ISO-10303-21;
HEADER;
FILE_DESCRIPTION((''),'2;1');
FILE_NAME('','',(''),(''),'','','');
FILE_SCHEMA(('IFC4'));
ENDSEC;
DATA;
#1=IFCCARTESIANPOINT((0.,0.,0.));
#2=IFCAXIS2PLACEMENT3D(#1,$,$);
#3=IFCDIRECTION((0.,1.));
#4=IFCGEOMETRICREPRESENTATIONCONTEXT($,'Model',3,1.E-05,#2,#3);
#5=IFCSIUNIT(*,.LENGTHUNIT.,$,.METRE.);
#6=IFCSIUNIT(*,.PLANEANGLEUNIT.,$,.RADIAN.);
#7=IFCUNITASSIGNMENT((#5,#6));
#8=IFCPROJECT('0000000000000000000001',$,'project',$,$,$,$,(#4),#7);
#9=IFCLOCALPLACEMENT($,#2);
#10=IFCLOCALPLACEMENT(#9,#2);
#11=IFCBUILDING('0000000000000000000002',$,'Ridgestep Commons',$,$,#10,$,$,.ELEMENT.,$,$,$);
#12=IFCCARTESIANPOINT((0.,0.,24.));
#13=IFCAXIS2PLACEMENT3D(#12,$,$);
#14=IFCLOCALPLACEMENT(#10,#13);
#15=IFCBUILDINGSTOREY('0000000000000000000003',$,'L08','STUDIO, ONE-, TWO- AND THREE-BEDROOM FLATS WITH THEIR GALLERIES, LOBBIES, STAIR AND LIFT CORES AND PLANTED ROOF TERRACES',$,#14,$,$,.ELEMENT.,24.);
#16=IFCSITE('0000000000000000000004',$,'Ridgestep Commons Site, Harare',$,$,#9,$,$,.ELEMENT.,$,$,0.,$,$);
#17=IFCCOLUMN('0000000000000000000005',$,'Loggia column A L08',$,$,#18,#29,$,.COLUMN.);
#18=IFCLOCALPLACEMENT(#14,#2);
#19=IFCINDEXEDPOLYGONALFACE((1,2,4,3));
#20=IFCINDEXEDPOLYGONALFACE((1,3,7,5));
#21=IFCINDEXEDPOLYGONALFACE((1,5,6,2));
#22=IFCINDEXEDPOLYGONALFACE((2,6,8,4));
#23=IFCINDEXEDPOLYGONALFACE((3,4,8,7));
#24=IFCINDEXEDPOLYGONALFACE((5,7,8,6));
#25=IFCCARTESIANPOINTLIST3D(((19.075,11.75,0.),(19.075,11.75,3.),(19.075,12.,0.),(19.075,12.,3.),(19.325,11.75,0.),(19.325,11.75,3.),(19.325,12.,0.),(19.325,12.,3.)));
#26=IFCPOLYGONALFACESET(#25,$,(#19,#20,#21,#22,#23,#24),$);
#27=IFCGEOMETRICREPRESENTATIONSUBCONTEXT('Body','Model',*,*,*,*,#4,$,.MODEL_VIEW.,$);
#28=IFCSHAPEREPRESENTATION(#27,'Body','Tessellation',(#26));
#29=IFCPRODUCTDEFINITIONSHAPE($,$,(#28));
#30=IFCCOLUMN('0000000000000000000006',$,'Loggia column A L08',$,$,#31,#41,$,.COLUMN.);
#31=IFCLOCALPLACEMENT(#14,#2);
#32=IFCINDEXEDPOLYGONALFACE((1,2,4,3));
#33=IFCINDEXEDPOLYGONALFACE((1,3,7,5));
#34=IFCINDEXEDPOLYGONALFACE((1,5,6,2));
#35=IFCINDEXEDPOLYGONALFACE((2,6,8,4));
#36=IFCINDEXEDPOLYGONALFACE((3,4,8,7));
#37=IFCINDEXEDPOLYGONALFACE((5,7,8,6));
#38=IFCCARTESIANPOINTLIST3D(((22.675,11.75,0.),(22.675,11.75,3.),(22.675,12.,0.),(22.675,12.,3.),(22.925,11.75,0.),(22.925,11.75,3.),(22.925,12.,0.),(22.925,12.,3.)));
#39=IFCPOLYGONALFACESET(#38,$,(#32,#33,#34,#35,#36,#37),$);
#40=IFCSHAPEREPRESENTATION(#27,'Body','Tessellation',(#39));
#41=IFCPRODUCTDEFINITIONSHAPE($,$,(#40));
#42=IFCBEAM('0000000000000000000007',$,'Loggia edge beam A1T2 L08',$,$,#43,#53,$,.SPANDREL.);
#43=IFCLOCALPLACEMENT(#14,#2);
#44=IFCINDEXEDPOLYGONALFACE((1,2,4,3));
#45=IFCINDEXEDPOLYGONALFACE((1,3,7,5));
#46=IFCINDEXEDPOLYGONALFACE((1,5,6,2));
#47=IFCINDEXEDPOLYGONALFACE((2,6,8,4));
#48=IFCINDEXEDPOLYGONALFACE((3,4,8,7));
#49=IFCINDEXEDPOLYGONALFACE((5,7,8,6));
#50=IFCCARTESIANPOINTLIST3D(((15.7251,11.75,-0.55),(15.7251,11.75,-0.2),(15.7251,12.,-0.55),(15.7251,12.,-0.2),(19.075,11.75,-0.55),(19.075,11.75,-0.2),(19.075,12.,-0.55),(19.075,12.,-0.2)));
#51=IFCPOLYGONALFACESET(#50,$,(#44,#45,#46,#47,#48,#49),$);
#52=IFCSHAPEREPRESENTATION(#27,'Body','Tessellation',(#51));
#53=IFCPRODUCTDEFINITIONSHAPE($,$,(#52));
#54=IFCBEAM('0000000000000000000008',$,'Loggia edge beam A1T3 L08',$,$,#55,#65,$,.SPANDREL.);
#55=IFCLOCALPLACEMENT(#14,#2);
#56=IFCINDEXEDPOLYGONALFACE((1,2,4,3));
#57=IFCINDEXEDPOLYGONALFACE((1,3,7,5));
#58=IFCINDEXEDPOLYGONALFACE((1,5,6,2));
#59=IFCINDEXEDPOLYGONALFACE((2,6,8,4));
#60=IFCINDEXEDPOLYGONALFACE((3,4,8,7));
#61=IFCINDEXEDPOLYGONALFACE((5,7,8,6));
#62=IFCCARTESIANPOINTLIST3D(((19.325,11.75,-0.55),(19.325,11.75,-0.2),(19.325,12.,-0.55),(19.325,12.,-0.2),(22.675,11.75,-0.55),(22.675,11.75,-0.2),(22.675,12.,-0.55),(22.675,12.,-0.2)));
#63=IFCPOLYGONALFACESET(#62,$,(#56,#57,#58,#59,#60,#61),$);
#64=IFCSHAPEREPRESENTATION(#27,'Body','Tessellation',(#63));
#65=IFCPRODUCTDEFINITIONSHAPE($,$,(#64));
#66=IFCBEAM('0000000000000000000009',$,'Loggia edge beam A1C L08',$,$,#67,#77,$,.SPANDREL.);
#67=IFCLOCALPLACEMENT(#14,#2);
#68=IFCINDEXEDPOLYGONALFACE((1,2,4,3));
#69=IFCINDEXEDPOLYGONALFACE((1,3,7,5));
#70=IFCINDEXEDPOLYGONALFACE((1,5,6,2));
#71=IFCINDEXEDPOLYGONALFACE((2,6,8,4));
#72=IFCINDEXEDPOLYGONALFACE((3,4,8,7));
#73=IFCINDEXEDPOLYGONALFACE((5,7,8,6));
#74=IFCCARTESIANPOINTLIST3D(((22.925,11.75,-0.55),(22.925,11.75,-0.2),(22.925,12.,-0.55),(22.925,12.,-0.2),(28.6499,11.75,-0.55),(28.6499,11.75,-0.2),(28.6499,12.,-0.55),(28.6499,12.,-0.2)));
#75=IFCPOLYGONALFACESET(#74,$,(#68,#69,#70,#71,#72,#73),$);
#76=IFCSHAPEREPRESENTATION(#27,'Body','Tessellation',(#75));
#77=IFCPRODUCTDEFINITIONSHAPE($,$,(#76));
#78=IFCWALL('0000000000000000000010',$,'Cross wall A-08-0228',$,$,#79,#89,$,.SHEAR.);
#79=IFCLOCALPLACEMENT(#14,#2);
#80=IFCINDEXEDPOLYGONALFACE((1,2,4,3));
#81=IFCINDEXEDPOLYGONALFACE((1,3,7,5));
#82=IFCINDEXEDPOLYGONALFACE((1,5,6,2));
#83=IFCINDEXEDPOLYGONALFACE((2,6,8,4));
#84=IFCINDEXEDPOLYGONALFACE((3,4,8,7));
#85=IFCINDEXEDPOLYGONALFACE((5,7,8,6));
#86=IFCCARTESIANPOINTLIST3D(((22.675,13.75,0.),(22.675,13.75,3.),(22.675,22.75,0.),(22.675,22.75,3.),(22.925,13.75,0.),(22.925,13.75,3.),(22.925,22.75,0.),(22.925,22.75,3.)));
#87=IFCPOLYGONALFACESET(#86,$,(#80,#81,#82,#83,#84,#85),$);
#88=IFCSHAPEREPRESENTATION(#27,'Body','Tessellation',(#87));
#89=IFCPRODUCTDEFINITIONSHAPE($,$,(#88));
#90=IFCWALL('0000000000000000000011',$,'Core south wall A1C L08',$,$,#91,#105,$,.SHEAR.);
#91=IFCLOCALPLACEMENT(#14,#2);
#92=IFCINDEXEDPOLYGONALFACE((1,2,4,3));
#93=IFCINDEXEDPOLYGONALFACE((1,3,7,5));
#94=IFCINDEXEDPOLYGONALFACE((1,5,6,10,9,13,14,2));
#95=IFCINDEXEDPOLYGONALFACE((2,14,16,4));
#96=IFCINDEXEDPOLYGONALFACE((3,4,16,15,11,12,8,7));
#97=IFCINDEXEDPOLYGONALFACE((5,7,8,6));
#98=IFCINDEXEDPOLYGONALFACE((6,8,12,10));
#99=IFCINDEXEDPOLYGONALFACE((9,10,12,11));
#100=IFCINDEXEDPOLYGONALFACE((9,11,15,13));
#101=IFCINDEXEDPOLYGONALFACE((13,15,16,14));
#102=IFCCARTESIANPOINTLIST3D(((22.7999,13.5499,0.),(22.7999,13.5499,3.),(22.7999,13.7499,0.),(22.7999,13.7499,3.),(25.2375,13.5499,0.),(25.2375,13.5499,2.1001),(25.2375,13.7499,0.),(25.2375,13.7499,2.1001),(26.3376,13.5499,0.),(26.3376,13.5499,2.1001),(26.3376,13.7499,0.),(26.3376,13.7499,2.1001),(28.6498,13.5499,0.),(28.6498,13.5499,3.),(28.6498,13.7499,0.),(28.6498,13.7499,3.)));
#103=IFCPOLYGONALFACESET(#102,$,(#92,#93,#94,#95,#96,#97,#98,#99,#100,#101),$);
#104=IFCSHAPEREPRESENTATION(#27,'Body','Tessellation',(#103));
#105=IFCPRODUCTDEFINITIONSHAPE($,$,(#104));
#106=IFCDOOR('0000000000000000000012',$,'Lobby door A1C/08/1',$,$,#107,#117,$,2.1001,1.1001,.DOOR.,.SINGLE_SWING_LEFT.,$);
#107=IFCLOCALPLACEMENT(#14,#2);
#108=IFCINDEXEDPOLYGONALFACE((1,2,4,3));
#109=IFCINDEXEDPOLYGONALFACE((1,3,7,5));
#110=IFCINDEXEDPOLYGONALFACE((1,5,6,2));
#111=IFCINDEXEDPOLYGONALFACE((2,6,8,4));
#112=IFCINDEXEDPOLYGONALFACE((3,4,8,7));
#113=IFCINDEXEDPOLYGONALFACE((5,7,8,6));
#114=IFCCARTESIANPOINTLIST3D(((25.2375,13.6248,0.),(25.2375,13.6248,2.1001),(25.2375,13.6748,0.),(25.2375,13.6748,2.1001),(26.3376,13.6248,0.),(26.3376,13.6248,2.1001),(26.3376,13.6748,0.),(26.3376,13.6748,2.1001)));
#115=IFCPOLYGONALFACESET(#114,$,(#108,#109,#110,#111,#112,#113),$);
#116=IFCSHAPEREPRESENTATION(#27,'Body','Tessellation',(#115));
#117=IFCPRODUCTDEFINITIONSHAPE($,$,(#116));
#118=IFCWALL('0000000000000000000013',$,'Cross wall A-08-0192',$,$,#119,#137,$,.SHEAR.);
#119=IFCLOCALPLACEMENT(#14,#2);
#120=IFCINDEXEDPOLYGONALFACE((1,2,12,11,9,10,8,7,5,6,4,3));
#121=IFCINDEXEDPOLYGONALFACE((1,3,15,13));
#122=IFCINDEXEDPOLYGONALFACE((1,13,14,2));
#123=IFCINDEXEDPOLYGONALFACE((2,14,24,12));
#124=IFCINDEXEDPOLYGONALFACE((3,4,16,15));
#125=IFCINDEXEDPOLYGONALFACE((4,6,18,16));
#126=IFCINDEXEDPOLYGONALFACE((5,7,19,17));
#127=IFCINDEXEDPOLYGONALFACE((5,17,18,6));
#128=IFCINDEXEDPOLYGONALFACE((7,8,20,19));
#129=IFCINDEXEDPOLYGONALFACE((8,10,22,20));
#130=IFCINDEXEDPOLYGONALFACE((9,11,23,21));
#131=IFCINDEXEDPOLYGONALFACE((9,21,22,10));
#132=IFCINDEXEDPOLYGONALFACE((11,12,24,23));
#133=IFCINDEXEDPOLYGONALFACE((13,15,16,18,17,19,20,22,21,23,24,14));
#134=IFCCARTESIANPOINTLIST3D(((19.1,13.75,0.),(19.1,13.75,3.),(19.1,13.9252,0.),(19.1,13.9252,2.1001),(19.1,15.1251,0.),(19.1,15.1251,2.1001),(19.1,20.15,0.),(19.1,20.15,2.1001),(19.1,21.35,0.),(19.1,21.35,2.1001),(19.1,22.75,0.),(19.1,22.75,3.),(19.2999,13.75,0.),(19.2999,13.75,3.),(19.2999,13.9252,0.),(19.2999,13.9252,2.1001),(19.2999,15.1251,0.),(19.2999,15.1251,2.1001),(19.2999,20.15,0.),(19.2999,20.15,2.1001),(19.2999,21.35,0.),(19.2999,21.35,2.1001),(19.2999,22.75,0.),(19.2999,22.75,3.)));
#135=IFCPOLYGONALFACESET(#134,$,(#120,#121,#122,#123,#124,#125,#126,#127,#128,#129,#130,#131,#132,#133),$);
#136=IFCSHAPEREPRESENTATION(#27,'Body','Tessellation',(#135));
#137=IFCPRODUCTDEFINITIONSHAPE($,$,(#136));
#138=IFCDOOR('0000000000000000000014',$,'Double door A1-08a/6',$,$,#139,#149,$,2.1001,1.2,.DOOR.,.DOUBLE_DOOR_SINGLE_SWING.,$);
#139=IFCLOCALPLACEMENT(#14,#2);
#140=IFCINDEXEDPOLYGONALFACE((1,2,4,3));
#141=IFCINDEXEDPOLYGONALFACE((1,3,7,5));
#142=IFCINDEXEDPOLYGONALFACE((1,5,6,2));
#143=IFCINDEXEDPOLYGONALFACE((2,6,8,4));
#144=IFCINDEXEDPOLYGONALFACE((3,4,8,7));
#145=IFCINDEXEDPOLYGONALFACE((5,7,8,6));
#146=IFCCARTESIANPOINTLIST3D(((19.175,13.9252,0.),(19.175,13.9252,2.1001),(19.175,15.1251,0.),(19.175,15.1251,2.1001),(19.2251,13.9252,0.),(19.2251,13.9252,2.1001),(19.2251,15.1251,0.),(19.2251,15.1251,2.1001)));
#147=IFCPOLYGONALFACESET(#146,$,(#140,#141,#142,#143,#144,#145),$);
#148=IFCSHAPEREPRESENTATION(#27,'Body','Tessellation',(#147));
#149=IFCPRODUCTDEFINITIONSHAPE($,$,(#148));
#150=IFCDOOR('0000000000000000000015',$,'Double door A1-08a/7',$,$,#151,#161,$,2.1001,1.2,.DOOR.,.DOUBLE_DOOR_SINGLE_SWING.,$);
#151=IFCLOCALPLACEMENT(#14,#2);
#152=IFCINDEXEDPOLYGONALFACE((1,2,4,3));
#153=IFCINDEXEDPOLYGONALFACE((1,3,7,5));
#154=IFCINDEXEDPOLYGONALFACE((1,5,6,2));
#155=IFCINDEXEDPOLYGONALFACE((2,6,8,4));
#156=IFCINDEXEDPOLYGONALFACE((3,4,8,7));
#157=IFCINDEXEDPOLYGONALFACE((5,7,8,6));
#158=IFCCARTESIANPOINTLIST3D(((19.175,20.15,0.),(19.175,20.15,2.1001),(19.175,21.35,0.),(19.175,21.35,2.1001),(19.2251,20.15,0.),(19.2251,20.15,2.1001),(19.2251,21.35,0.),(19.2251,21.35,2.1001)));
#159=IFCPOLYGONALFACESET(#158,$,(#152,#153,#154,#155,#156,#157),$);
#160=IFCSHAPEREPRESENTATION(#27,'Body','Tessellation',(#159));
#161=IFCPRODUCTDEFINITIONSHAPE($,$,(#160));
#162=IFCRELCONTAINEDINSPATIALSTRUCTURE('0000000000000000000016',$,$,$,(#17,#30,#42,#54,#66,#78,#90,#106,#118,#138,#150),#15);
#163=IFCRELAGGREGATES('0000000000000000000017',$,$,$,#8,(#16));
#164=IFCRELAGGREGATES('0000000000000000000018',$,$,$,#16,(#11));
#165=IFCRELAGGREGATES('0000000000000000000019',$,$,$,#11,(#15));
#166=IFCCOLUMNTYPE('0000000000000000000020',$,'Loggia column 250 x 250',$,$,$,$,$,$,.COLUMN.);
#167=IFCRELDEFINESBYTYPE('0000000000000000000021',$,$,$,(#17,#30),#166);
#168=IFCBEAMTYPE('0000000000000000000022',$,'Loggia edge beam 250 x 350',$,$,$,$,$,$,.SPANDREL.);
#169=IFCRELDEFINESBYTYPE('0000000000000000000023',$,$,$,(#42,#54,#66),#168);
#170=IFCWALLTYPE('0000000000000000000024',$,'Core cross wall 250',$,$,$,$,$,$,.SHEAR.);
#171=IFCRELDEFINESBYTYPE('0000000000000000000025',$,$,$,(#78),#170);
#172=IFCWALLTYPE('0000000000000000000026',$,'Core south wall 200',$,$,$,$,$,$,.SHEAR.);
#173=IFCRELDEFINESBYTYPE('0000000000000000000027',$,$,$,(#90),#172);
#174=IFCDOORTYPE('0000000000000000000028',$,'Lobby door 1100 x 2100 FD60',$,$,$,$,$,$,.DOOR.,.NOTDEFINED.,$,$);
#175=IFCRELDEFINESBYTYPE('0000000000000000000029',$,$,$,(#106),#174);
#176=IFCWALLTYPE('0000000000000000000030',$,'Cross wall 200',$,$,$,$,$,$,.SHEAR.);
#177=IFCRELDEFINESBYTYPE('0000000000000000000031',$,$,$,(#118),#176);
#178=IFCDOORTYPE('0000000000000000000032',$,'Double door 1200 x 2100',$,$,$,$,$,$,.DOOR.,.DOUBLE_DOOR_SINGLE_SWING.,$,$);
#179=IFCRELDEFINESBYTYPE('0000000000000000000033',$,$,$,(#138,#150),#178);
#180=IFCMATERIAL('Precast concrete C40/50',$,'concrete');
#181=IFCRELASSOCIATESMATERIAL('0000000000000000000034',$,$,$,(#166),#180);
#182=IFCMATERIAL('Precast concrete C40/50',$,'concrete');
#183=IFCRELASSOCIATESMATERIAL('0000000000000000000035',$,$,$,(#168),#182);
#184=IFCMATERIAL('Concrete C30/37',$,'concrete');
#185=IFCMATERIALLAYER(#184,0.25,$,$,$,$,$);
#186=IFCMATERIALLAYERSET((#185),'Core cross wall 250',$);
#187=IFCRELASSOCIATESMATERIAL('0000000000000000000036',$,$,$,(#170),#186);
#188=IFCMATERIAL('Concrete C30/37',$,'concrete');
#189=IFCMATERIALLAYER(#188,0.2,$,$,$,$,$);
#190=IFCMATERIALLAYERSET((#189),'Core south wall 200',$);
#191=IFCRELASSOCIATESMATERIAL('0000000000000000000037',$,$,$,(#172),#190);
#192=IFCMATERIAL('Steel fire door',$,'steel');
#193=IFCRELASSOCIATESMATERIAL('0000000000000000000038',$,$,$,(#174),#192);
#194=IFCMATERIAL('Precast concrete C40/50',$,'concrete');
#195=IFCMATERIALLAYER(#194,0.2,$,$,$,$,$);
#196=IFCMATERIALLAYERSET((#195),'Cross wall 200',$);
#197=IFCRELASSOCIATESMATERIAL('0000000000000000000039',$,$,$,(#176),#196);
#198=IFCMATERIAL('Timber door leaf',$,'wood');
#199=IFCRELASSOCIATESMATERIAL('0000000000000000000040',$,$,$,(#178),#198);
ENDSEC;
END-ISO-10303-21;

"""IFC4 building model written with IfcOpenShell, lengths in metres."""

from ifc_helpers import new_model, si_unit, direction, frame, frame_2d, origin, origin_2d, place, context, subcontext, project, spatial, rectangle, extrude, material, layer, layer_set, material_profile, profile_set, type_object, element, fill, save


model = new_model("IFC4")

# Units and contexts
model_context = context("Model", 3, precision=1e-05, world=origin(), true_north=direction((0.0, 1.0)))
body_context = subcontext(model_context, "Body", "Model", "MODEL_VIEW")
ifc_project = project(units=[si_unit("LENGTHUNIT", "METRE"), si_unit("PLANEANGLEUNIT", "RADIAN")], contexts=[model_context])

# Site, building, storey
site_placement = place(None, origin())
site = spatial("IfcSite", under=ifc_project, at=site_placement, Name="Ridgestep Commons Site, Harare", CompositionType="ELEMENT", RefElevation=0.0)
building_placement = place(site_placement, origin())
building = spatial("IfcBuilding", under=site, at=building_placement, Name="Ridgestep Commons", CompositionType="ELEMENT")
storey_placement = place(building_placement, frame((0.0, 0.0, 24.0)))
storey = spatial("IfcBuildingStorey", under=building, at=storey_placement, Name="L08", Description="STUDIO, ONE-, TWO- AND THREE-BEDROOM FLATS WITH THEIR GALLERIES, LOBBIES, STAIR AND LIFT CORES AND PLANTED ROOF TERRACES", CompositionType="ELEMENT", Elevation=24.0)

# Columns
ifc_material_1 = material(Name="Precast concrete C40/50", Category="concrete")
ifc_material_profile_1 = material_profile(ifc_material_1, rectangle(XDim=0.25, YDim=0.25, at=origin_2d()), Name="PC 250x250")
ifc_profile_set_1 = profile_set([ifc_material_profile_1], Name="Precast concrete C40/50")
column_type = type_object("IfcColumnType", Name="Loggia column 250 x 250", PredefinedType="COLUMN", material=ifc_profile_set_1)
for number, where, z_axis, x_axis, name in (
    (1, (19.2, 11.875, 0.0), (0.0, 0.0, 1.0), (1.0, 0.0, 0.0), "Loggia column A L08"),
    (2, (22.8, 11.875, 0.0), (0.0, 0.0, 1.0), (1.0, 0.0, 0.0), "Loggia column A L08"),
):
    element("IfcColumn", number, at=place(storey_placement, frame(where, z_axis=z_axis, x_axis=x_axis)), inside=storey, type_object=column_type, Name=name, PredefinedType="COLUMN", context=body_context, shape_type="SweptSolid", body=[
        extrude(rectangle(XDim=0.25, YDim=0.25, at=origin_2d()), origin(), (0.0, 0.0, 1.0), 3.0),
    ])

# Beams
ifc_material_2 = material(Name="Precast concrete C40/50", Category="concrete")
ifc_material_profile_2 = material_profile(ifc_material_2, rectangle(XDim=0.25, YDim=0.3501, at=origin_2d()), Name="PC 250x350")
ifc_profile_set_2 = profile_set([ifc_material_profile_2], Name="Precast concrete C40/50")
beam_type = type_object("IfcBeamType", Name="Loggia edge beam 250 x 350", PredefinedType="SPANDREL", material=ifc_profile_set_2)
beam_1_placement = place(storey_placement, frame((15.7251, 11.875, -0.375), z_axis=(1.0, 0.0, 0.0), x_axis=(0.0, 1.0, 0.0)))
element("IfcBeam", 3, at=beam_1_placement, inside=storey, type_object=beam_type, Name="Loggia edge beam A1T2 L08", PredefinedType="SPANDREL", context=body_context, shape_type="SweptSolid", body=[
    extrude(rectangle(XDim=0.25, YDim=0.3501, at=origin_2d()), origin(), (0.0, 0.0, 1.0), 3.3499),
])
beam_2_placement = place(storey_placement, frame((19.325, 11.875, -0.375), z_axis=(1.0, 0.0, 0.0), x_axis=(0.0, 1.0, 0.0)))
element("IfcBeam", 4, at=beam_2_placement, inside=storey, type_object=beam_type, Name="Loggia edge beam A1T3 L08", PredefinedType="SPANDREL", context=body_context, shape_type="SweptSolid", body=[
    extrude(rectangle(XDim=0.25, YDim=0.3501, at=origin_2d()), origin(), (0.0, 0.0, 1.0), 3.3501),
])
beam_3_placement = place(storey_placement, frame((22.925, 11.875, -0.375), z_axis=(1.0, 0.0, 0.0), x_axis=(0.0, 1.0, 0.0)))
element("IfcBeam", 5, at=beam_3_placement, inside=storey, type_object=beam_type, Name="Loggia edge beam A1C L08", PredefinedType="SPANDREL", context=body_context, shape_type="SweptSolid", body=[
    extrude(rectangle(XDim=0.25, YDim=0.3501, at=origin_2d()), origin(), (0.0, 0.0, 1.0), 5.7249),
])

# Wall
ifc_material_3 = material(Name="Concrete C30/37", Category="concrete")
ifc_layer_1 = layer(ifc_material_3, 0.25)
ifc_layer_set_1 = layer_set([ifc_layer_1], Name="Core cross wall 250")
wall_type_1 = type_object("IfcWallType", Name="Core cross wall 250", PredefinedType="SHEAR", material=ifc_layer_set_1)
wall_1_placement = place(storey_placement, frame((22.8, 13.75, 0.0), z_axis=(0.0, 0.0, 1.0), x_axis=(0.0, 1.0, 0.0)))
element("IfcWall", 6, at=wall_1_placement, inside=storey, type_object=wall_type_1, Name="Cross wall A-08-0228", PredefinedType="SHEAR", context=body_context, shape_type="SweptSolid", body=[
    extrude(rectangle(XDim=9.0, YDim=0.25, at=frame_2d((4.5, 0.0))), origin(), (0.0, 0.0, 1.0), 3.0),
])

# Wall, opening, door
ifc_material_4 = material(Name="Concrete C30/37", Category="concrete")
ifc_layer_2 = layer(ifc_material_4, 0.2)
ifc_layer_set_2 = layer_set([ifc_layer_2], Name="Core south wall 200")
wall_type_2 = type_object("IfcWallType", Name="Core south wall 200", PredefinedType="SHEAR", material=ifc_layer_set_2)
wall_2_placement = place(storey_placement, frame((22.8, 13.6499, 0.0), z_axis=(0.0, 0.0, 1.0), x_axis=(1.0, 0.0, 0.0)))
wall_2 = element("IfcWall", 7, at=wall_2_placement, inside=storey, type_object=wall_type_2, Name="Core south wall A1C L08", PredefinedType="SHEAR", context=body_context, shape_type="SweptSolid", body=[
    extrude(rectangle(XDim=5.8499, YDim=0.2, at=frame_2d((2.9248, 0.0))), origin(), (0.0, 0.0, 1.0), 3.0),
])
opening_1_placement = place(wall_2_placement, frame((2.4375, 0.0, 0.0)))
opening_1 = element("IfcOpeningElement", 8, at=opening_1_placement, cuts=wall_2, PredefinedType="OPENING", context=body_context, shape_type="SweptSolid", body=[
    extrude(rectangle(XDim=1.1001, YDim=2.1001, at=frame_2d((0.55, 1.05))), frame((0.0, 0.1099, 0.0), z_axis=(0.0, -1.0, 0.0), x_axis=(1.0, 0.0, 0.0)), (0.0, 0.0, 1.0), 0.22),
])
ifc_material_5 = material(Name="Steel fire door", Category="steel")
door_type_1 = type_object("IfcDoorType", Name="Lobby door 1100 x 2100 FD60", OperationType="NOTDEFINED", PredefinedType="DOOR", material=ifc_material_5)
door_1_placement = place(opening_1_placement, origin())
door_1 = element("IfcDoor", 9, at=door_1_placement, inside=storey, type_object=door_type_1, Name="Lobby door A1C/08/1", OperationType="SINGLE_SWING_LEFT", OverallHeight=2.1001, OverallWidth=1.1001, PredefinedType="DOOR", context=body_context, shape_type="SweptSolid", body=[
    extrude(rectangle(XDim=1.1001, YDim=2.1001, at=frame_2d((0.55, 1.05))), frame((0.0, 0.0249, 0.0), z_axis=(0.0, -1.0, 0.0), x_axis=(1.0, 0.0, 0.0)), (0.0, 0.0, 1.0), 0.05),
])
fill(opening_1, door_1)

# Wall, openings, doors
ifc_material_6 = material(Name="Precast concrete C40/50", Category="concrete")
ifc_layer_3 = layer(ifc_material_6, 0.2)
ifc_layer_set_3 = layer_set([ifc_layer_3], Name="Cross wall 200")
wall_type_3 = type_object("IfcWallType", Name="Cross wall 200", PredefinedType="SHEAR", material=ifc_layer_set_3)
wall_3_placement = place(storey_placement, frame((19.2, 13.75, 0.0), z_axis=(0.0, 0.0, 1.0), x_axis=(0.0, 1.0, 0.0)))
wall_3 = element("IfcWall", 10, at=wall_3_placement, inside=storey, type_object=wall_type_3, Name="Cross wall A-08-0192", PredefinedType="SHEAR", context=body_context, shape_type="SweptSolid", body=[
    extrude(rectangle(XDim=9.0, YDim=0.2, at=frame_2d((4.5, 0.0))), origin(), (0.0, 0.0, 1.0), 3.0),
])
opening_2_placement = place(wall_3_placement, frame((0.175, 0.0, 0.0)))
opening_2 = element("IfcOpeningElement", 11, at=opening_2_placement, cuts=wall_3, PredefinedType="OPENING", context=body_context, shape_type="SweptSolid", body=[
    extrude(rectangle(XDim=1.2, YDim=2.1001, at=frame_2d((0.6001, 1.05))), frame((0.0, 0.1099, 0.0), z_axis=(0.0, -1.0, 0.0), x_axis=(1.0, 0.0, 0.0)), (0.0, 0.0, 1.0), 0.22),
])
opening_3_placement = place(wall_3_placement, frame((6.3999, 0.0, 0.0)))
opening_3 = element("IfcOpeningElement", 12, at=opening_3_placement, cuts=wall_3, PredefinedType="OPENING", context=body_context, shape_type="SweptSolid", body=[
    extrude(rectangle(XDim=1.2, YDim=2.1001, at=frame_2d((0.6001, 1.05))), frame((0.0, 0.1099, 0.0), z_axis=(0.0, -1.0, 0.0), x_axis=(1.0, 0.0, 0.0)), (0.0, 0.0, 1.0), 0.22),
])
ifc_material_7 = material(Name="Timber door leaf", Category="wood")
door_type_2 = type_object("IfcDoorType", Name="Double door 1200 x 2100", OperationType="DOUBLE_DOOR_SINGLE_SWING", PredefinedType="DOOR", material=ifc_material_7)
door_2_placement = place(opening_2_placement, origin())
door_2 = element("IfcDoor", 13, at=door_2_placement, inside=storey, type_object=door_type_2, Name="Double door A1-08a/6", OperationType="DOUBLE_DOOR_SINGLE_SWING", OverallHeight=2.1001, OverallWidth=1.2, PredefinedType="DOOR", context=body_context, shape_type="SweptSolid", body=[
    extrude(rectangle(XDim=1.2, YDim=2.1001, at=frame_2d((0.6001, 1.05))), frame((0.0, 0.0249, 0.0), z_axis=(0.0, -1.0, 0.0), x_axis=(1.0, 0.0, 0.0)), (0.0, 0.0, 1.0), 0.05),
])
fill(opening_2, door_2)
door_3_placement = place(opening_3_placement, origin())
door_3 = element("IfcDoor", 14, at=door_3_placement, inside=storey, type_object=door_type_2, Name="Double door A1-08a/7", OperationType="DOUBLE_DOOR_SINGLE_SWING", OverallHeight=2.1001, OverallWidth=1.2, PredefinedType="DOOR", context=body_context, shape_type="SweptSolid", body=[
    extrude(rectangle(XDim=1.2, YDim=2.1001, at=frame_2d((0.6001, 1.05))), frame((0.0, 0.0249, 0.0), z_axis=(0.0, -1.0, 0.0), x_axis=(1.0, 0.0, 0.0)), (0.0, 0.0, 1.0), 0.05),
])
fill(opening_3, door_3)

save(model, "model.ifc")
